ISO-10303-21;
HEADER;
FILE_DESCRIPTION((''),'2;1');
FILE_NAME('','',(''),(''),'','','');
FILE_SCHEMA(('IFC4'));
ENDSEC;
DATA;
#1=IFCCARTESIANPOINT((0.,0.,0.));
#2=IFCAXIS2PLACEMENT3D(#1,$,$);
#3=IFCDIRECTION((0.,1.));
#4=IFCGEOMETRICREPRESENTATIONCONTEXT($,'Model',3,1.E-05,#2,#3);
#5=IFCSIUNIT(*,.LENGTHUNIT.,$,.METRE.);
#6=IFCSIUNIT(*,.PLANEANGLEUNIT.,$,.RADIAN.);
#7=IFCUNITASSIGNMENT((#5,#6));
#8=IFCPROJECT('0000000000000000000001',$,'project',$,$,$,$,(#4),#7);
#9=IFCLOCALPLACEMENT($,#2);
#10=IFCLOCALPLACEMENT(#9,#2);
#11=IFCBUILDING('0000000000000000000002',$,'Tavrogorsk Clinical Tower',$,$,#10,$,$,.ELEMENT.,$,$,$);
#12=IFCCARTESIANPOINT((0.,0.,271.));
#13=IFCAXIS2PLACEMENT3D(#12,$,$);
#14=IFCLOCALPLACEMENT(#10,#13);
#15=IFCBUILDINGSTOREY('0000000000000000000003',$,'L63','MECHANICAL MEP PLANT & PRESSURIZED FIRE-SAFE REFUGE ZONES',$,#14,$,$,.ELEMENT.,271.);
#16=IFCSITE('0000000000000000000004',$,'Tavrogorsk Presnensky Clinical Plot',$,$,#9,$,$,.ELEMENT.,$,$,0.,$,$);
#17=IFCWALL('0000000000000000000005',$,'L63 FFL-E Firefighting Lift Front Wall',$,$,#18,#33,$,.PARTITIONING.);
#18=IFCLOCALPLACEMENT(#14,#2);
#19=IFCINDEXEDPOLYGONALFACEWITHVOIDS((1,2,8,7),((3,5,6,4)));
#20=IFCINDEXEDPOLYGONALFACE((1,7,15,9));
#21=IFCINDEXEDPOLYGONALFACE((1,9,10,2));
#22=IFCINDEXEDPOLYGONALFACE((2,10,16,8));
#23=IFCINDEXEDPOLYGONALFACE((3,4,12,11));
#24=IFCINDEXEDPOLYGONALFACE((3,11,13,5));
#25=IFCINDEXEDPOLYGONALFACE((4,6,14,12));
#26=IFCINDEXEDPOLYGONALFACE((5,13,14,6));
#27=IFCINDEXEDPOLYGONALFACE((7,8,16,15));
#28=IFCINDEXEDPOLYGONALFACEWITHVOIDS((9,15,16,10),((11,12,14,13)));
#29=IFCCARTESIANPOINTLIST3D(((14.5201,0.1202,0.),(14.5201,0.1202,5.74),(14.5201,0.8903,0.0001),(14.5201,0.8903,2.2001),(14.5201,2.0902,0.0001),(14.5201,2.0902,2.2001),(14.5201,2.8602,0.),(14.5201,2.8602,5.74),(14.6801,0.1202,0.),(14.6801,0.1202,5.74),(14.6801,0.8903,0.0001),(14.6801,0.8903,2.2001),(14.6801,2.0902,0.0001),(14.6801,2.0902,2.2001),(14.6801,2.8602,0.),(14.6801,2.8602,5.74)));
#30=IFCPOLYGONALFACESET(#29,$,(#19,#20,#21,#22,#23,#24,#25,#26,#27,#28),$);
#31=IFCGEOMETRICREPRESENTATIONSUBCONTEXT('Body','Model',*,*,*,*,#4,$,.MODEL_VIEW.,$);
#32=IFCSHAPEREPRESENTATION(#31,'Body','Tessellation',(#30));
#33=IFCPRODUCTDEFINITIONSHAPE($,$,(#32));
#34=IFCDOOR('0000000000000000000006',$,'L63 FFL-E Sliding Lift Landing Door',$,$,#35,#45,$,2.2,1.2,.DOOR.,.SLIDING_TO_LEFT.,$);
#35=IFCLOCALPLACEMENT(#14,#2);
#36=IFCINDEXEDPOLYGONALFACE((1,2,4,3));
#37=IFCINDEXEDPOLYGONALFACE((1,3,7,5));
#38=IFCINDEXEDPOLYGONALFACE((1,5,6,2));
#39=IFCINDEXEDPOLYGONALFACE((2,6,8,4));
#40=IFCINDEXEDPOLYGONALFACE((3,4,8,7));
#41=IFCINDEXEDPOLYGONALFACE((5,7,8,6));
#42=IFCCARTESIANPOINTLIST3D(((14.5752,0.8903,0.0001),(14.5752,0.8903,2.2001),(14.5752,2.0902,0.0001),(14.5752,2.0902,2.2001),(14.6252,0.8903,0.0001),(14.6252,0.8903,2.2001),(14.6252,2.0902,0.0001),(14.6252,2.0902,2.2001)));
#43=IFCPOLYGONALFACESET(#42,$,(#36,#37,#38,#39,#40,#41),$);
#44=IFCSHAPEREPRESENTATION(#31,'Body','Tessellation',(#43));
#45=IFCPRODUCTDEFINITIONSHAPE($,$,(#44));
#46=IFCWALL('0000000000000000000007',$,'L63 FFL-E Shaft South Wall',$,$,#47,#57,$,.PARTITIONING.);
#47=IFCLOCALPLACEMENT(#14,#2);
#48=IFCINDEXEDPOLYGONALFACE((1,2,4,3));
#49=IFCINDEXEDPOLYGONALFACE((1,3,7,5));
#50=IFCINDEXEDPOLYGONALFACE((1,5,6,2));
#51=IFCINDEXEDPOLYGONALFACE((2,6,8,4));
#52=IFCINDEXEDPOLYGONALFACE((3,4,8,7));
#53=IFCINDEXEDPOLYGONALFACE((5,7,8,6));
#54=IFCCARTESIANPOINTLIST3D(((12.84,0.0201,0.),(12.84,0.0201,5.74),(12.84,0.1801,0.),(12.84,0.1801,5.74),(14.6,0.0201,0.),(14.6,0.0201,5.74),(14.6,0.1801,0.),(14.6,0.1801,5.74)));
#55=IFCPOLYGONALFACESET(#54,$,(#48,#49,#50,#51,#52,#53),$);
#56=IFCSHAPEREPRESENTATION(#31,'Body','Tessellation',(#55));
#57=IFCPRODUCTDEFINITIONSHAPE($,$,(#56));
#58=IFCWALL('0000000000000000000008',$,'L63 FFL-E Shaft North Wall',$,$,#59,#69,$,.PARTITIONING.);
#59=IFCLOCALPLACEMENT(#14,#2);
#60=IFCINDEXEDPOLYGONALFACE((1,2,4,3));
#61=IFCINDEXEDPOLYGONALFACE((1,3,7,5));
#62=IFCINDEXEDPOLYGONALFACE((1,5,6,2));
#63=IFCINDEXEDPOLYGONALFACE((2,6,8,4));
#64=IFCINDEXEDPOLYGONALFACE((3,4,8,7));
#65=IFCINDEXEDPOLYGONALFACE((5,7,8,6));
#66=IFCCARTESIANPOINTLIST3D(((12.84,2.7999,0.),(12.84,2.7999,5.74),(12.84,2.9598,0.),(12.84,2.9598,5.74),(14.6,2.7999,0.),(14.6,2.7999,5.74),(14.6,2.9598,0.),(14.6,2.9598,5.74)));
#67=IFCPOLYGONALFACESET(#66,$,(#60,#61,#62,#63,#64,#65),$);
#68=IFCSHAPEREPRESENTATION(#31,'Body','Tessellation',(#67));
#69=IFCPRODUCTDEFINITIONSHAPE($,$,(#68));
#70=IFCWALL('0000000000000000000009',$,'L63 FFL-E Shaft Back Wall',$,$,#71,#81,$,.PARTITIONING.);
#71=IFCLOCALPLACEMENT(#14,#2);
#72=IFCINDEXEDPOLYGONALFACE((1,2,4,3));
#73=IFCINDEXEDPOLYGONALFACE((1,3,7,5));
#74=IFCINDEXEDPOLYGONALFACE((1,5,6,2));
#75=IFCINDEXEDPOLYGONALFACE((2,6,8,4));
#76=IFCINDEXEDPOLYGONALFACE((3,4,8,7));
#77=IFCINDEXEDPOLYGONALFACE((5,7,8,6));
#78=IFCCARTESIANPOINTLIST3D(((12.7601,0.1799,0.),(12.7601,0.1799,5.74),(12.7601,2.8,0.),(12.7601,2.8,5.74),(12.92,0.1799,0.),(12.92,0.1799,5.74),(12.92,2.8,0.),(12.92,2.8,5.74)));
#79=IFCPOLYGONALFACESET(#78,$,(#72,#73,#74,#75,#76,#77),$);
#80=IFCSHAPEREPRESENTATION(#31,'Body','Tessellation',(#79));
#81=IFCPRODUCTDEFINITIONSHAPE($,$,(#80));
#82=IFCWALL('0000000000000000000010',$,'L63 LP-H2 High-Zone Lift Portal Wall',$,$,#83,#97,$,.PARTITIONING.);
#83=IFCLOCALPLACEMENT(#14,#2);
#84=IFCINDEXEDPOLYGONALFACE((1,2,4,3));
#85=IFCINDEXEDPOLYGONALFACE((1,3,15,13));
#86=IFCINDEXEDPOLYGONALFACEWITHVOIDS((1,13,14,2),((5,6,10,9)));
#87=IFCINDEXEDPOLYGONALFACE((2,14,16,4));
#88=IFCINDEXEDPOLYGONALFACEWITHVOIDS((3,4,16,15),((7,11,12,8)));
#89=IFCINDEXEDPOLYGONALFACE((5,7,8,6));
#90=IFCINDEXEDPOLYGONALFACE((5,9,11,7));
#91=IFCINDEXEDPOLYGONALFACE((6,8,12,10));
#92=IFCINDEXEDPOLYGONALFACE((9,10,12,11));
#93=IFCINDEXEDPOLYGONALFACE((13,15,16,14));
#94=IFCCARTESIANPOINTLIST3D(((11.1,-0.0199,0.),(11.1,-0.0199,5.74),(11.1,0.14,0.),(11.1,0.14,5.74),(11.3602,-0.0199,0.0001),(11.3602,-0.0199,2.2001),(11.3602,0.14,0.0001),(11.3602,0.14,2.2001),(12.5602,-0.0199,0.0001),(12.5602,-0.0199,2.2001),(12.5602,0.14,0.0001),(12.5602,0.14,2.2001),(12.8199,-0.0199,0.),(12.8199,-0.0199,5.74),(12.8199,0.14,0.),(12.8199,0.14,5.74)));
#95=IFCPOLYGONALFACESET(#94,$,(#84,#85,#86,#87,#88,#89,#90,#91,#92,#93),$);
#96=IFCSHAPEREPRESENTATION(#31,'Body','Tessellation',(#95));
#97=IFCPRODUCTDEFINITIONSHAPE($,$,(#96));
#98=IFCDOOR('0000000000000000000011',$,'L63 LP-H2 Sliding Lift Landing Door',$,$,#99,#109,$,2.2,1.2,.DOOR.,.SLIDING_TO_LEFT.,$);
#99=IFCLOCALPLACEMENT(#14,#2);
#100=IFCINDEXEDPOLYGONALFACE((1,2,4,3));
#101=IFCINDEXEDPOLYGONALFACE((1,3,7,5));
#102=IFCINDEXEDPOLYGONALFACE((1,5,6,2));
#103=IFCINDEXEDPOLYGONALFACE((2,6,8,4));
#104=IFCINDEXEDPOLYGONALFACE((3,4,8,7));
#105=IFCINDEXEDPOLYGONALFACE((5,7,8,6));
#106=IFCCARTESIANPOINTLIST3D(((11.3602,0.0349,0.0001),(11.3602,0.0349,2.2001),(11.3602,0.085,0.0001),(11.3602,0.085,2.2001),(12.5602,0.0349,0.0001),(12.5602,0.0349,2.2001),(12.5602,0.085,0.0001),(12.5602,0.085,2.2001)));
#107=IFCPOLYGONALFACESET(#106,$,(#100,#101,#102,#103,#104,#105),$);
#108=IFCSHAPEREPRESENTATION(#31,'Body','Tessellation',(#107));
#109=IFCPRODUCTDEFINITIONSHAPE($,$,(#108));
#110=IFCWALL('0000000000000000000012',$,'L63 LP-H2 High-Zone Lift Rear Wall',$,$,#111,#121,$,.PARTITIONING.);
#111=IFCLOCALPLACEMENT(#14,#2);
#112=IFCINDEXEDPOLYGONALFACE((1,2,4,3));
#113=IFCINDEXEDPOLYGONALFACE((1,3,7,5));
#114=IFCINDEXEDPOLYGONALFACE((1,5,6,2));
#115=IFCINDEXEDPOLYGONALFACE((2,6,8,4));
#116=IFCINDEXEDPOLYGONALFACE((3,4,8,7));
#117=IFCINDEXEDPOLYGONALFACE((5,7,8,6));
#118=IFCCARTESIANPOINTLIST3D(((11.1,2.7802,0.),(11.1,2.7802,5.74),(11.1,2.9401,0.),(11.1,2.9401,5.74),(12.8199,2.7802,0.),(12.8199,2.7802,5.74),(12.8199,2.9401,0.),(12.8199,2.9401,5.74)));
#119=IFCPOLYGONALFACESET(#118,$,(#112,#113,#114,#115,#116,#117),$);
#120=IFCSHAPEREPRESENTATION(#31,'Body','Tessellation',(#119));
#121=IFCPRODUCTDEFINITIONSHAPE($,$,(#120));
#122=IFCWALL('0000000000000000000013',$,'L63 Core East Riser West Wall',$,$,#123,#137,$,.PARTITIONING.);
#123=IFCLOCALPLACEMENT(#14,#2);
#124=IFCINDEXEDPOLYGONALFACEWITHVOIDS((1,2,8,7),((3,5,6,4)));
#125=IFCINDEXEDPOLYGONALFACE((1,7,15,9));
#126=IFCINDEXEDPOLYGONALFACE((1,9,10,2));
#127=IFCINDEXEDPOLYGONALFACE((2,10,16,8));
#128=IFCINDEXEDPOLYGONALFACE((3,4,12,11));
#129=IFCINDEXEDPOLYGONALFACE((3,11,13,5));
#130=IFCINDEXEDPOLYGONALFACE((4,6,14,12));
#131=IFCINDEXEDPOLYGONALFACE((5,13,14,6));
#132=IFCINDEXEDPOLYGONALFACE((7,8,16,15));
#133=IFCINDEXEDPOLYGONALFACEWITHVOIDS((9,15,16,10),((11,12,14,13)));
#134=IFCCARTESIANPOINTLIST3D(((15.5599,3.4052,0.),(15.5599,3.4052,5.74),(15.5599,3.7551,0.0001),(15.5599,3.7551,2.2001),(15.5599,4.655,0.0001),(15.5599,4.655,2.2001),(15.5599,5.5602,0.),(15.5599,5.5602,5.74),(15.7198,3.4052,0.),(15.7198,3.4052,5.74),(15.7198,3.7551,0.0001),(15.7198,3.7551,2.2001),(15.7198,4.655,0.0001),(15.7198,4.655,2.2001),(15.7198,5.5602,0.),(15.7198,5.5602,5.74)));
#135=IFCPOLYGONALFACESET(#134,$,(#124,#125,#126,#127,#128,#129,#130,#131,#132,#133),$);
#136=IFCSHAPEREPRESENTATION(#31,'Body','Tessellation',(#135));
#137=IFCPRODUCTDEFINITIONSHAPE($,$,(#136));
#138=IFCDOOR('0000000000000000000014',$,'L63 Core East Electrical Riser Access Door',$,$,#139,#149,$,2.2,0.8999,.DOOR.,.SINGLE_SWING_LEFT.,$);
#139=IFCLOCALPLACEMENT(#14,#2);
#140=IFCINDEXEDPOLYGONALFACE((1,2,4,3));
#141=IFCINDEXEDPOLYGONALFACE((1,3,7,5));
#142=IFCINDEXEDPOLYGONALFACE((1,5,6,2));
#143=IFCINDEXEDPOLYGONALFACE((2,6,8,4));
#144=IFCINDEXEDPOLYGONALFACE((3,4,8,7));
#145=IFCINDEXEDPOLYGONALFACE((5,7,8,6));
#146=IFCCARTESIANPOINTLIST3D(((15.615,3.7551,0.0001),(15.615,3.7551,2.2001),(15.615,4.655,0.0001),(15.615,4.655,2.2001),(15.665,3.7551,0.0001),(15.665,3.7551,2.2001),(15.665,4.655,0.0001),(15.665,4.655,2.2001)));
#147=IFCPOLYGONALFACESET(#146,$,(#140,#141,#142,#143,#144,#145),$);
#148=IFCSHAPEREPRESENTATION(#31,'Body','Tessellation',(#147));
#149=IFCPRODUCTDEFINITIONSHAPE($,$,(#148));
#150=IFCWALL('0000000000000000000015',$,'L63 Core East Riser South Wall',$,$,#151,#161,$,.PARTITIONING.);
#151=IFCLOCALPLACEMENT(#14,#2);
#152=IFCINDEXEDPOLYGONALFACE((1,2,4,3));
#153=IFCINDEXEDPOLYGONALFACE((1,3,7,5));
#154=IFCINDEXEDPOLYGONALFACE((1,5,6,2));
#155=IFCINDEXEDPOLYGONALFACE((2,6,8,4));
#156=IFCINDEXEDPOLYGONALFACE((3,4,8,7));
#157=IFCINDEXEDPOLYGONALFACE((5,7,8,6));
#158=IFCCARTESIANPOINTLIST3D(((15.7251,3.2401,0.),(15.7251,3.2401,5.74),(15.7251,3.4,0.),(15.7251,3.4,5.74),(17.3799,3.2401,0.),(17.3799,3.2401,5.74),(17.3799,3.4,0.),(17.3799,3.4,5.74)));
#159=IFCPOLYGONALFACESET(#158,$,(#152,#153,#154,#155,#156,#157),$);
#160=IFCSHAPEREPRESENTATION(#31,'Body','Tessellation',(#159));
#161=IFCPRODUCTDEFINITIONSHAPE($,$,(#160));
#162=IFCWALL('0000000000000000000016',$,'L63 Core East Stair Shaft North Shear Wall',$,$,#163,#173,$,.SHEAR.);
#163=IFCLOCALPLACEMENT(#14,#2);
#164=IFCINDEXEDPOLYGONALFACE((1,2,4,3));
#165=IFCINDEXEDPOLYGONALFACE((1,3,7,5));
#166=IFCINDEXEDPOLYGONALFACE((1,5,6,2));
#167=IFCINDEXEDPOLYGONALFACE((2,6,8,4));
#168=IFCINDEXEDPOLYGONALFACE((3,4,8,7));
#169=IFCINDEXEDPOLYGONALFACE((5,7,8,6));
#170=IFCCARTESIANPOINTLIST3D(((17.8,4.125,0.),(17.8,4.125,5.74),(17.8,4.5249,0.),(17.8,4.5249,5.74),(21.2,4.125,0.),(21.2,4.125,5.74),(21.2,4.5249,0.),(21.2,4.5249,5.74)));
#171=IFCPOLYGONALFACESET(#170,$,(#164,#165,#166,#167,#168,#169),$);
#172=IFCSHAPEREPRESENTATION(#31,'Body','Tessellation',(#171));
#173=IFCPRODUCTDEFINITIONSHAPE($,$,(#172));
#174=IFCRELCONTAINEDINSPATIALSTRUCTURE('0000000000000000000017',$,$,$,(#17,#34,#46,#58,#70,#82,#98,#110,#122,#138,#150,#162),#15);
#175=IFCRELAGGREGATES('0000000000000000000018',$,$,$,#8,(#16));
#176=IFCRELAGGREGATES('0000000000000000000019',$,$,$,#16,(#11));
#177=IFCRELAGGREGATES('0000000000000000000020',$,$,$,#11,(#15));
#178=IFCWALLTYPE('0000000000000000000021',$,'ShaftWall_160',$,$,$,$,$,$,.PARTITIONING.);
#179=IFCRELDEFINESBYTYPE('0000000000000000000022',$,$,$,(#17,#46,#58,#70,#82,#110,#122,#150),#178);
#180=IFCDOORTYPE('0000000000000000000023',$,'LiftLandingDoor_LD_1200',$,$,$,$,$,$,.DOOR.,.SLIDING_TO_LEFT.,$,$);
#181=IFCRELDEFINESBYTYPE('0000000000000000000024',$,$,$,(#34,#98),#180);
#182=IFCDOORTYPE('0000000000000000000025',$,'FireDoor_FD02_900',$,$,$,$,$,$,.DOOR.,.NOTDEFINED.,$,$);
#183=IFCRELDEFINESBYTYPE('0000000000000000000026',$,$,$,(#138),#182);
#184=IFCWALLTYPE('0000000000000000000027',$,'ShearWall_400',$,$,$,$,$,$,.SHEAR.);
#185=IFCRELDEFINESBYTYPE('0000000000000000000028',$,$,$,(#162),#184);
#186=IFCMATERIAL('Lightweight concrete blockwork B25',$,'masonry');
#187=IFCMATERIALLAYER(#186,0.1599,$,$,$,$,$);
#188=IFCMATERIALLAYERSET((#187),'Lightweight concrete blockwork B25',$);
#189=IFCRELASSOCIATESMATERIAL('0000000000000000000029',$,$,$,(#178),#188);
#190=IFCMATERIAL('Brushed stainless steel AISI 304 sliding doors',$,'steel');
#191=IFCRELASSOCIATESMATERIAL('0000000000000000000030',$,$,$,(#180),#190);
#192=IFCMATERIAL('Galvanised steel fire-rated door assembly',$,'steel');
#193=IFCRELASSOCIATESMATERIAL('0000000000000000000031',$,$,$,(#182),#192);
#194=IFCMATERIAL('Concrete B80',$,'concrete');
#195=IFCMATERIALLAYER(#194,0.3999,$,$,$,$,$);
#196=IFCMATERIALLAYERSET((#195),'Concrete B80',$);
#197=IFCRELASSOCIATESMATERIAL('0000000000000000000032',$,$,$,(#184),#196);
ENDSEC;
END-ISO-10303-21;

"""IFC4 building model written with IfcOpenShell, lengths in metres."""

from ifc_helpers import new_model, si_unit, direction, frame, frame_2d, origin, place, context, subcontext, project, spatial, rectangle, extrude, material, layer, layer_set, type_object, element, fill, save


model = new_model("IFC4")

# Units and contexts
model_context = context("Model", 3, precision=1e-05, world=origin(), true_north=direction((0.0, 1.0)))
body_context = subcontext(model_context, "Body", "Model", "MODEL_VIEW")
ifc_project = project(units=[si_unit("LENGTHUNIT", "METRE"), si_unit("PLANEANGLEUNIT", "RADIAN")], contexts=[model_context])

# Site, building, storey
site_placement = place(None, origin())
site = spatial("IfcSite", under=ifc_project, at=site_placement, Name="Tavrogorsk Presnensky Clinical Plot", CompositionType="ELEMENT", RefElevation=0.0)
building_placement = place(site_placement, origin())
building = spatial("IfcBuilding", under=site, at=building_placement, Name="Tavrogorsk Clinical Tower", CompositionType="ELEMENT")
storey_placement = place(building_placement, frame((0.0, 0.0, 271.0)))
storey = spatial("IfcBuildingStorey", under=building, at=storey_placement, Name="L63", Description="MECHANICAL MEP PLANT & PRESSURIZED FIRE-SAFE REFUGE ZONES", CompositionType="ELEMENT", Elevation=271.0)

# Wall, opening, door
ifc_material_1 = material(Name="Lightweight concrete blockwork B25", Category="masonry")
ifc_layer_1 = layer(ifc_material_1, 0.1599)
ifc_layer_set_1 = layer_set([ifc_layer_1], Name="Lightweight concrete blockwork B25")
wall_type_1 = type_object("IfcWallType", Name="ShaftWall_160", PredefinedType="PARTITIONING", material=ifc_layer_set_1)
wall_1_placement = place(storey_placement, frame((14.6001, 0.1201, 0.0), z_axis=(0.0, 0.0, 1.0), x_axis=(0.0, 1.0, 0.0)))
wall_1 = element("IfcWall", 1, at=wall_1_placement, inside=storey, type_object=wall_type_1, Name="L63 FFL-E Firefighting Lift Front Wall", PredefinedType="PARTITIONING", context=body_context, shape_type="SweptSolid", body=[
    extrude(rectangle(XDim=2.74, YDim=0.1599, at=frame_2d((1.3701, 0.0))), origin(), (0.0, 0.0, 1.0), 5.74),
])
opening_1_placement = place(wall_1_placement, frame((0.77, 0.0, 0.0)))
opening_1 = element("IfcOpeningElement", 2, at=opening_1_placement, cuts=wall_1, PredefinedType="OPENING", context=body_context, shape_type="SweptSolid", body=[
    extrude(rectangle(XDim=1.2, YDim=2.2, at=frame_2d((0.6001, 1.1001))), frame((0.0, 0.0898, 0.0), z_axis=(0.0, -1.0, 0.0), x_axis=(1.0, 0.0, 0.0)), (0.0, 0.0, 1.0), 0.1799),
])
ifc_material_2 = material(Name="Brushed stainless steel AISI 304 sliding doors", Category="steel")
door_type_1 = type_object("IfcDoorType", Name="LiftLandingDoor_LD_1200", OperationType="SLIDING_TO_LEFT", PredefinedType="DOOR", material=ifc_material_2)
door_1_placement = place(opening_1_placement, origin())
door_1 = element("IfcDoor", 3, at=door_1_placement, inside=storey, type_object=door_type_1, Name="L63 FFL-E Sliding Lift Landing Door", OperationType="SLIDING_TO_LEFT", OverallHeight=2.2, OverallWidth=1.2, PredefinedType="DOOR", context=body_context, shape_type="SweptSolid", body=[
    extrude(rectangle(XDim=1.2, YDim=2.2, at=frame_2d((0.6001, 1.1001))), frame((0.0, 0.0249, 0.0), z_axis=(0.0, -1.0, 0.0), x_axis=(1.0, 0.0, 0.0)), (0.0, 0.0, 1.0), 0.05),
])
fill(opening_1, door_1)

# Walls
for number, where, z_axis, x_axis, name in (
    (4, (12.8401, 0.1001, 0.0), (0.0, 0.0, 1.0), (1.0, 0.0, 0.0), "L63 FFL-E Shaft South Wall"),
    (5, (12.8401, 2.8799, 0.0), (0.0, 0.0, 1.0), (1.0, 0.0, 0.0), "L63 FFL-E Shaft North Wall"),
):
    element("IfcWall", number, at=place(storey_placement, frame(where, z_axis=z_axis, x_axis=x_axis)), inside=storey, type_object=wall_type_1, Name=name, PredefinedType="PARTITIONING", context=body_context, shape_type="SweptSolid", body=[
        extrude(rectangle(XDim=1.76, YDim=0.1599, at=frame_2d((0.8799, 0.0))), origin(), (0.0, 0.0, 1.0), 5.74),
    ])
wall_2_placement = place(storey_placement, frame((12.8401, 0.1799, 0.0), z_axis=(0.0, 0.0, 1.0), x_axis=(0.0, 1.0, 0.0)))
element("IfcWall", 6, at=wall_2_placement, inside=storey, type_object=wall_type_1, Name="L63 FFL-E Shaft Back Wall", PredefinedType="PARTITIONING", context=body_context, shape_type="SweptSolid", body=[
    extrude(rectangle(XDim=2.6201, YDim=0.1599, at=frame_2d((1.3101, 0.0))), origin(), (0.0, 0.0, 1.0), 5.74),
])

# Wall, opening, door
wall_3_placement = place(storey_placement, frame((11.1001, 0.0601, 0.0), z_axis=(0.0, 0.0, 1.0), x_axis=(1.0, 0.0, 0.0)))
wall_3 = element("IfcWall", 7, at=wall_3_placement, inside=storey, type_object=wall_type_1, Name="L63 LP-H2 High-Zone Lift Portal Wall", PredefinedType="PARTITIONING", context=body_context, shape_type="SweptSolid", body=[
    extrude(rectangle(XDim=1.72, YDim=0.1599, at=frame_2d((0.8599, 0.0))), origin(), (0.0, 0.0, 1.0), 5.74),
])
opening_2_placement = place(wall_3_placement, frame((0.26, 0.0, 0.0)))
opening_2 = element("IfcOpeningElement", 8, at=opening_2_placement, cuts=wall_3, PredefinedType="OPENING", context=body_context, shape_type="SweptSolid", body=[
    extrude(rectangle(XDim=1.2, YDim=2.2, at=frame_2d((0.6001, 1.1001))), frame((0.0, 0.0898, 0.0), z_axis=(0.0, -1.0, 0.0), x_axis=(1.0, 0.0, 0.0)), (0.0, 0.0, 1.0), 0.1799),
])
door_2_placement = place(opening_2_placement, origin())
door_2 = element("IfcDoor", 9, at=door_2_placement, inside=storey, type_object=door_type_1, Name="L63 LP-H2 Sliding Lift Landing Door", OperationType="SLIDING_TO_LEFT", OverallHeight=2.2, OverallWidth=1.2, PredefinedType="DOOR", context=body_context, shape_type="SweptSolid", body=[
    extrude(rectangle(XDim=1.2, YDim=2.2, at=frame_2d((0.6001, 1.1001))), frame((0.0, 0.0249, 0.0), z_axis=(0.0, -1.0, 0.0), x_axis=(1.0, 0.0, 0.0)), (0.0, 0.0, 1.0), 0.05),
])
fill(opening_2, door_2)

# Wall
wall_4_placement = place(storey_placement, frame((11.1001, 2.8601, 0.0), z_axis=(0.0, 0.0, 1.0), x_axis=(1.0, 0.0, 0.0)))
element("IfcWall", 10, at=wall_4_placement, inside=storey, type_object=wall_type_1, Name="L63 LP-H2 High-Zone Lift Rear Wall", PredefinedType="PARTITIONING", context=body_context, shape_type="SweptSolid", body=[
    extrude(rectangle(XDim=1.72, YDim=0.1599, at=frame_2d((0.8599, 0.0))), origin(), (0.0, 0.0, 1.0), 5.74),
])

# Wall, opening, door
wall_5_placement = place(storey_placement, frame((15.6399, 3.405, 0.0), z_axis=(0.0, 0.0, 1.0), x_axis=(0.0, 1.0, 0.0)))
wall_5 = element("IfcWall", 11, at=wall_5_placement, inside=storey, type_object=wall_type_1, Name="L63 Core East Riser West Wall", PredefinedType="PARTITIONING", context=body_context, shape_type="SweptSolid", body=[
    extrude(rectangle(XDim=2.155, YDim=0.1599, at=frame_2d((1.0776, 0.0))), origin(), (0.0, 0.0, 1.0), 5.74),
])
opening_3_placement = place(wall_5_placement, frame((0.3501, 0.0, 0.0)))
opening_3 = element("IfcOpeningElement", 12, at=opening_3_placement, cuts=wall_5, PredefinedType="OPENING", context=body_context, shape_type="SweptSolid", body=[
    extrude(rectangle(XDim=0.8999, YDim=2.2, at=frame_2d((0.45, 1.1001))), frame((0.0, 0.0898, 0.0), z_axis=(0.0, -1.0, 0.0), x_axis=(1.0, 0.0, 0.0)), (0.0, 0.0, 1.0), 0.1799),
])
ifc_material_3 = material(Name="Galvanised steel fire-rated door assembly", Category="steel")
door_type_2 = type_object("IfcDoorType", Name="FireDoor_FD02_900", OperationType="NOTDEFINED", PredefinedType="DOOR", material=ifc_material_3)
door_3_placement = place(opening_3_placement, origin())
door_3 = element("IfcDoor", 13, at=door_3_placement, inside=storey, type_object=door_type_2, Name="L63 Core East Electrical Riser Access Door", OperationType="SINGLE_SWING_LEFT", OverallHeight=2.2, OverallWidth=0.8999, PredefinedType="DOOR", context=body_context, shape_type="SweptSolid", body=[
    extrude(rectangle(XDim=0.8999, YDim=2.2, at=frame_2d((0.45, 1.1001))), frame((0.0, 0.0249, 0.0), z_axis=(0.0, -1.0, 0.0), x_axis=(1.0, 0.0, 0.0)), (0.0, 0.0, 1.0), 0.05),
])
fill(opening_3, door_3)

# Walls
wall_6_placement = place(storey_placement, frame((15.7251, 3.3201, 0.0), z_axis=(0.0, 0.0, 1.0), x_axis=(1.0, 0.0, 0.0)))
element("IfcWall", 14, at=wall_6_placement, inside=storey, type_object=wall_type_1, Name="L63 Core East Riser South Wall", PredefinedType="PARTITIONING", context=body_context, shape_type="SweptSolid", body=[
    extrude(rectangle(XDim=1.6548, YDim=0.1599, at=frame_2d((0.8274, 0.0))), origin(), (0.0, 0.0, 1.0), 5.74),
])
ifc_material_4 = material(Name="Concrete B80", Category="concrete")
ifc_layer_2 = layer(ifc_material_4, 0.3999)
ifc_layer_set_2 = layer_set([ifc_layer_2], Name="Concrete B80")
wall_type_2 = type_object("IfcWallType", Name="ShearWall_400", PredefinedType="SHEAR", material=ifc_layer_set_2)
wall_7_placement = place(storey_placement, frame((17.8, 4.325, 0.0), z_axis=(0.0, 0.0, 1.0), x_axis=(1.0, 0.0, 0.0)))
element("IfcWall", 15, at=wall_7_placement, inside=storey, type_object=wall_type_2, Name="L63 Core East Stair Shaft North Shear Wall", PredefinedType="SHEAR", context=body_context, shape_type="SweptSolid", body=[
    extrude(rectangle(XDim=3.3999, YDim=0.3999, at=frame_2d((1.7, 0.0))), origin(), (0.0, 0.0, 1.0), 5.74),
])

save(model, "model.ifc")
